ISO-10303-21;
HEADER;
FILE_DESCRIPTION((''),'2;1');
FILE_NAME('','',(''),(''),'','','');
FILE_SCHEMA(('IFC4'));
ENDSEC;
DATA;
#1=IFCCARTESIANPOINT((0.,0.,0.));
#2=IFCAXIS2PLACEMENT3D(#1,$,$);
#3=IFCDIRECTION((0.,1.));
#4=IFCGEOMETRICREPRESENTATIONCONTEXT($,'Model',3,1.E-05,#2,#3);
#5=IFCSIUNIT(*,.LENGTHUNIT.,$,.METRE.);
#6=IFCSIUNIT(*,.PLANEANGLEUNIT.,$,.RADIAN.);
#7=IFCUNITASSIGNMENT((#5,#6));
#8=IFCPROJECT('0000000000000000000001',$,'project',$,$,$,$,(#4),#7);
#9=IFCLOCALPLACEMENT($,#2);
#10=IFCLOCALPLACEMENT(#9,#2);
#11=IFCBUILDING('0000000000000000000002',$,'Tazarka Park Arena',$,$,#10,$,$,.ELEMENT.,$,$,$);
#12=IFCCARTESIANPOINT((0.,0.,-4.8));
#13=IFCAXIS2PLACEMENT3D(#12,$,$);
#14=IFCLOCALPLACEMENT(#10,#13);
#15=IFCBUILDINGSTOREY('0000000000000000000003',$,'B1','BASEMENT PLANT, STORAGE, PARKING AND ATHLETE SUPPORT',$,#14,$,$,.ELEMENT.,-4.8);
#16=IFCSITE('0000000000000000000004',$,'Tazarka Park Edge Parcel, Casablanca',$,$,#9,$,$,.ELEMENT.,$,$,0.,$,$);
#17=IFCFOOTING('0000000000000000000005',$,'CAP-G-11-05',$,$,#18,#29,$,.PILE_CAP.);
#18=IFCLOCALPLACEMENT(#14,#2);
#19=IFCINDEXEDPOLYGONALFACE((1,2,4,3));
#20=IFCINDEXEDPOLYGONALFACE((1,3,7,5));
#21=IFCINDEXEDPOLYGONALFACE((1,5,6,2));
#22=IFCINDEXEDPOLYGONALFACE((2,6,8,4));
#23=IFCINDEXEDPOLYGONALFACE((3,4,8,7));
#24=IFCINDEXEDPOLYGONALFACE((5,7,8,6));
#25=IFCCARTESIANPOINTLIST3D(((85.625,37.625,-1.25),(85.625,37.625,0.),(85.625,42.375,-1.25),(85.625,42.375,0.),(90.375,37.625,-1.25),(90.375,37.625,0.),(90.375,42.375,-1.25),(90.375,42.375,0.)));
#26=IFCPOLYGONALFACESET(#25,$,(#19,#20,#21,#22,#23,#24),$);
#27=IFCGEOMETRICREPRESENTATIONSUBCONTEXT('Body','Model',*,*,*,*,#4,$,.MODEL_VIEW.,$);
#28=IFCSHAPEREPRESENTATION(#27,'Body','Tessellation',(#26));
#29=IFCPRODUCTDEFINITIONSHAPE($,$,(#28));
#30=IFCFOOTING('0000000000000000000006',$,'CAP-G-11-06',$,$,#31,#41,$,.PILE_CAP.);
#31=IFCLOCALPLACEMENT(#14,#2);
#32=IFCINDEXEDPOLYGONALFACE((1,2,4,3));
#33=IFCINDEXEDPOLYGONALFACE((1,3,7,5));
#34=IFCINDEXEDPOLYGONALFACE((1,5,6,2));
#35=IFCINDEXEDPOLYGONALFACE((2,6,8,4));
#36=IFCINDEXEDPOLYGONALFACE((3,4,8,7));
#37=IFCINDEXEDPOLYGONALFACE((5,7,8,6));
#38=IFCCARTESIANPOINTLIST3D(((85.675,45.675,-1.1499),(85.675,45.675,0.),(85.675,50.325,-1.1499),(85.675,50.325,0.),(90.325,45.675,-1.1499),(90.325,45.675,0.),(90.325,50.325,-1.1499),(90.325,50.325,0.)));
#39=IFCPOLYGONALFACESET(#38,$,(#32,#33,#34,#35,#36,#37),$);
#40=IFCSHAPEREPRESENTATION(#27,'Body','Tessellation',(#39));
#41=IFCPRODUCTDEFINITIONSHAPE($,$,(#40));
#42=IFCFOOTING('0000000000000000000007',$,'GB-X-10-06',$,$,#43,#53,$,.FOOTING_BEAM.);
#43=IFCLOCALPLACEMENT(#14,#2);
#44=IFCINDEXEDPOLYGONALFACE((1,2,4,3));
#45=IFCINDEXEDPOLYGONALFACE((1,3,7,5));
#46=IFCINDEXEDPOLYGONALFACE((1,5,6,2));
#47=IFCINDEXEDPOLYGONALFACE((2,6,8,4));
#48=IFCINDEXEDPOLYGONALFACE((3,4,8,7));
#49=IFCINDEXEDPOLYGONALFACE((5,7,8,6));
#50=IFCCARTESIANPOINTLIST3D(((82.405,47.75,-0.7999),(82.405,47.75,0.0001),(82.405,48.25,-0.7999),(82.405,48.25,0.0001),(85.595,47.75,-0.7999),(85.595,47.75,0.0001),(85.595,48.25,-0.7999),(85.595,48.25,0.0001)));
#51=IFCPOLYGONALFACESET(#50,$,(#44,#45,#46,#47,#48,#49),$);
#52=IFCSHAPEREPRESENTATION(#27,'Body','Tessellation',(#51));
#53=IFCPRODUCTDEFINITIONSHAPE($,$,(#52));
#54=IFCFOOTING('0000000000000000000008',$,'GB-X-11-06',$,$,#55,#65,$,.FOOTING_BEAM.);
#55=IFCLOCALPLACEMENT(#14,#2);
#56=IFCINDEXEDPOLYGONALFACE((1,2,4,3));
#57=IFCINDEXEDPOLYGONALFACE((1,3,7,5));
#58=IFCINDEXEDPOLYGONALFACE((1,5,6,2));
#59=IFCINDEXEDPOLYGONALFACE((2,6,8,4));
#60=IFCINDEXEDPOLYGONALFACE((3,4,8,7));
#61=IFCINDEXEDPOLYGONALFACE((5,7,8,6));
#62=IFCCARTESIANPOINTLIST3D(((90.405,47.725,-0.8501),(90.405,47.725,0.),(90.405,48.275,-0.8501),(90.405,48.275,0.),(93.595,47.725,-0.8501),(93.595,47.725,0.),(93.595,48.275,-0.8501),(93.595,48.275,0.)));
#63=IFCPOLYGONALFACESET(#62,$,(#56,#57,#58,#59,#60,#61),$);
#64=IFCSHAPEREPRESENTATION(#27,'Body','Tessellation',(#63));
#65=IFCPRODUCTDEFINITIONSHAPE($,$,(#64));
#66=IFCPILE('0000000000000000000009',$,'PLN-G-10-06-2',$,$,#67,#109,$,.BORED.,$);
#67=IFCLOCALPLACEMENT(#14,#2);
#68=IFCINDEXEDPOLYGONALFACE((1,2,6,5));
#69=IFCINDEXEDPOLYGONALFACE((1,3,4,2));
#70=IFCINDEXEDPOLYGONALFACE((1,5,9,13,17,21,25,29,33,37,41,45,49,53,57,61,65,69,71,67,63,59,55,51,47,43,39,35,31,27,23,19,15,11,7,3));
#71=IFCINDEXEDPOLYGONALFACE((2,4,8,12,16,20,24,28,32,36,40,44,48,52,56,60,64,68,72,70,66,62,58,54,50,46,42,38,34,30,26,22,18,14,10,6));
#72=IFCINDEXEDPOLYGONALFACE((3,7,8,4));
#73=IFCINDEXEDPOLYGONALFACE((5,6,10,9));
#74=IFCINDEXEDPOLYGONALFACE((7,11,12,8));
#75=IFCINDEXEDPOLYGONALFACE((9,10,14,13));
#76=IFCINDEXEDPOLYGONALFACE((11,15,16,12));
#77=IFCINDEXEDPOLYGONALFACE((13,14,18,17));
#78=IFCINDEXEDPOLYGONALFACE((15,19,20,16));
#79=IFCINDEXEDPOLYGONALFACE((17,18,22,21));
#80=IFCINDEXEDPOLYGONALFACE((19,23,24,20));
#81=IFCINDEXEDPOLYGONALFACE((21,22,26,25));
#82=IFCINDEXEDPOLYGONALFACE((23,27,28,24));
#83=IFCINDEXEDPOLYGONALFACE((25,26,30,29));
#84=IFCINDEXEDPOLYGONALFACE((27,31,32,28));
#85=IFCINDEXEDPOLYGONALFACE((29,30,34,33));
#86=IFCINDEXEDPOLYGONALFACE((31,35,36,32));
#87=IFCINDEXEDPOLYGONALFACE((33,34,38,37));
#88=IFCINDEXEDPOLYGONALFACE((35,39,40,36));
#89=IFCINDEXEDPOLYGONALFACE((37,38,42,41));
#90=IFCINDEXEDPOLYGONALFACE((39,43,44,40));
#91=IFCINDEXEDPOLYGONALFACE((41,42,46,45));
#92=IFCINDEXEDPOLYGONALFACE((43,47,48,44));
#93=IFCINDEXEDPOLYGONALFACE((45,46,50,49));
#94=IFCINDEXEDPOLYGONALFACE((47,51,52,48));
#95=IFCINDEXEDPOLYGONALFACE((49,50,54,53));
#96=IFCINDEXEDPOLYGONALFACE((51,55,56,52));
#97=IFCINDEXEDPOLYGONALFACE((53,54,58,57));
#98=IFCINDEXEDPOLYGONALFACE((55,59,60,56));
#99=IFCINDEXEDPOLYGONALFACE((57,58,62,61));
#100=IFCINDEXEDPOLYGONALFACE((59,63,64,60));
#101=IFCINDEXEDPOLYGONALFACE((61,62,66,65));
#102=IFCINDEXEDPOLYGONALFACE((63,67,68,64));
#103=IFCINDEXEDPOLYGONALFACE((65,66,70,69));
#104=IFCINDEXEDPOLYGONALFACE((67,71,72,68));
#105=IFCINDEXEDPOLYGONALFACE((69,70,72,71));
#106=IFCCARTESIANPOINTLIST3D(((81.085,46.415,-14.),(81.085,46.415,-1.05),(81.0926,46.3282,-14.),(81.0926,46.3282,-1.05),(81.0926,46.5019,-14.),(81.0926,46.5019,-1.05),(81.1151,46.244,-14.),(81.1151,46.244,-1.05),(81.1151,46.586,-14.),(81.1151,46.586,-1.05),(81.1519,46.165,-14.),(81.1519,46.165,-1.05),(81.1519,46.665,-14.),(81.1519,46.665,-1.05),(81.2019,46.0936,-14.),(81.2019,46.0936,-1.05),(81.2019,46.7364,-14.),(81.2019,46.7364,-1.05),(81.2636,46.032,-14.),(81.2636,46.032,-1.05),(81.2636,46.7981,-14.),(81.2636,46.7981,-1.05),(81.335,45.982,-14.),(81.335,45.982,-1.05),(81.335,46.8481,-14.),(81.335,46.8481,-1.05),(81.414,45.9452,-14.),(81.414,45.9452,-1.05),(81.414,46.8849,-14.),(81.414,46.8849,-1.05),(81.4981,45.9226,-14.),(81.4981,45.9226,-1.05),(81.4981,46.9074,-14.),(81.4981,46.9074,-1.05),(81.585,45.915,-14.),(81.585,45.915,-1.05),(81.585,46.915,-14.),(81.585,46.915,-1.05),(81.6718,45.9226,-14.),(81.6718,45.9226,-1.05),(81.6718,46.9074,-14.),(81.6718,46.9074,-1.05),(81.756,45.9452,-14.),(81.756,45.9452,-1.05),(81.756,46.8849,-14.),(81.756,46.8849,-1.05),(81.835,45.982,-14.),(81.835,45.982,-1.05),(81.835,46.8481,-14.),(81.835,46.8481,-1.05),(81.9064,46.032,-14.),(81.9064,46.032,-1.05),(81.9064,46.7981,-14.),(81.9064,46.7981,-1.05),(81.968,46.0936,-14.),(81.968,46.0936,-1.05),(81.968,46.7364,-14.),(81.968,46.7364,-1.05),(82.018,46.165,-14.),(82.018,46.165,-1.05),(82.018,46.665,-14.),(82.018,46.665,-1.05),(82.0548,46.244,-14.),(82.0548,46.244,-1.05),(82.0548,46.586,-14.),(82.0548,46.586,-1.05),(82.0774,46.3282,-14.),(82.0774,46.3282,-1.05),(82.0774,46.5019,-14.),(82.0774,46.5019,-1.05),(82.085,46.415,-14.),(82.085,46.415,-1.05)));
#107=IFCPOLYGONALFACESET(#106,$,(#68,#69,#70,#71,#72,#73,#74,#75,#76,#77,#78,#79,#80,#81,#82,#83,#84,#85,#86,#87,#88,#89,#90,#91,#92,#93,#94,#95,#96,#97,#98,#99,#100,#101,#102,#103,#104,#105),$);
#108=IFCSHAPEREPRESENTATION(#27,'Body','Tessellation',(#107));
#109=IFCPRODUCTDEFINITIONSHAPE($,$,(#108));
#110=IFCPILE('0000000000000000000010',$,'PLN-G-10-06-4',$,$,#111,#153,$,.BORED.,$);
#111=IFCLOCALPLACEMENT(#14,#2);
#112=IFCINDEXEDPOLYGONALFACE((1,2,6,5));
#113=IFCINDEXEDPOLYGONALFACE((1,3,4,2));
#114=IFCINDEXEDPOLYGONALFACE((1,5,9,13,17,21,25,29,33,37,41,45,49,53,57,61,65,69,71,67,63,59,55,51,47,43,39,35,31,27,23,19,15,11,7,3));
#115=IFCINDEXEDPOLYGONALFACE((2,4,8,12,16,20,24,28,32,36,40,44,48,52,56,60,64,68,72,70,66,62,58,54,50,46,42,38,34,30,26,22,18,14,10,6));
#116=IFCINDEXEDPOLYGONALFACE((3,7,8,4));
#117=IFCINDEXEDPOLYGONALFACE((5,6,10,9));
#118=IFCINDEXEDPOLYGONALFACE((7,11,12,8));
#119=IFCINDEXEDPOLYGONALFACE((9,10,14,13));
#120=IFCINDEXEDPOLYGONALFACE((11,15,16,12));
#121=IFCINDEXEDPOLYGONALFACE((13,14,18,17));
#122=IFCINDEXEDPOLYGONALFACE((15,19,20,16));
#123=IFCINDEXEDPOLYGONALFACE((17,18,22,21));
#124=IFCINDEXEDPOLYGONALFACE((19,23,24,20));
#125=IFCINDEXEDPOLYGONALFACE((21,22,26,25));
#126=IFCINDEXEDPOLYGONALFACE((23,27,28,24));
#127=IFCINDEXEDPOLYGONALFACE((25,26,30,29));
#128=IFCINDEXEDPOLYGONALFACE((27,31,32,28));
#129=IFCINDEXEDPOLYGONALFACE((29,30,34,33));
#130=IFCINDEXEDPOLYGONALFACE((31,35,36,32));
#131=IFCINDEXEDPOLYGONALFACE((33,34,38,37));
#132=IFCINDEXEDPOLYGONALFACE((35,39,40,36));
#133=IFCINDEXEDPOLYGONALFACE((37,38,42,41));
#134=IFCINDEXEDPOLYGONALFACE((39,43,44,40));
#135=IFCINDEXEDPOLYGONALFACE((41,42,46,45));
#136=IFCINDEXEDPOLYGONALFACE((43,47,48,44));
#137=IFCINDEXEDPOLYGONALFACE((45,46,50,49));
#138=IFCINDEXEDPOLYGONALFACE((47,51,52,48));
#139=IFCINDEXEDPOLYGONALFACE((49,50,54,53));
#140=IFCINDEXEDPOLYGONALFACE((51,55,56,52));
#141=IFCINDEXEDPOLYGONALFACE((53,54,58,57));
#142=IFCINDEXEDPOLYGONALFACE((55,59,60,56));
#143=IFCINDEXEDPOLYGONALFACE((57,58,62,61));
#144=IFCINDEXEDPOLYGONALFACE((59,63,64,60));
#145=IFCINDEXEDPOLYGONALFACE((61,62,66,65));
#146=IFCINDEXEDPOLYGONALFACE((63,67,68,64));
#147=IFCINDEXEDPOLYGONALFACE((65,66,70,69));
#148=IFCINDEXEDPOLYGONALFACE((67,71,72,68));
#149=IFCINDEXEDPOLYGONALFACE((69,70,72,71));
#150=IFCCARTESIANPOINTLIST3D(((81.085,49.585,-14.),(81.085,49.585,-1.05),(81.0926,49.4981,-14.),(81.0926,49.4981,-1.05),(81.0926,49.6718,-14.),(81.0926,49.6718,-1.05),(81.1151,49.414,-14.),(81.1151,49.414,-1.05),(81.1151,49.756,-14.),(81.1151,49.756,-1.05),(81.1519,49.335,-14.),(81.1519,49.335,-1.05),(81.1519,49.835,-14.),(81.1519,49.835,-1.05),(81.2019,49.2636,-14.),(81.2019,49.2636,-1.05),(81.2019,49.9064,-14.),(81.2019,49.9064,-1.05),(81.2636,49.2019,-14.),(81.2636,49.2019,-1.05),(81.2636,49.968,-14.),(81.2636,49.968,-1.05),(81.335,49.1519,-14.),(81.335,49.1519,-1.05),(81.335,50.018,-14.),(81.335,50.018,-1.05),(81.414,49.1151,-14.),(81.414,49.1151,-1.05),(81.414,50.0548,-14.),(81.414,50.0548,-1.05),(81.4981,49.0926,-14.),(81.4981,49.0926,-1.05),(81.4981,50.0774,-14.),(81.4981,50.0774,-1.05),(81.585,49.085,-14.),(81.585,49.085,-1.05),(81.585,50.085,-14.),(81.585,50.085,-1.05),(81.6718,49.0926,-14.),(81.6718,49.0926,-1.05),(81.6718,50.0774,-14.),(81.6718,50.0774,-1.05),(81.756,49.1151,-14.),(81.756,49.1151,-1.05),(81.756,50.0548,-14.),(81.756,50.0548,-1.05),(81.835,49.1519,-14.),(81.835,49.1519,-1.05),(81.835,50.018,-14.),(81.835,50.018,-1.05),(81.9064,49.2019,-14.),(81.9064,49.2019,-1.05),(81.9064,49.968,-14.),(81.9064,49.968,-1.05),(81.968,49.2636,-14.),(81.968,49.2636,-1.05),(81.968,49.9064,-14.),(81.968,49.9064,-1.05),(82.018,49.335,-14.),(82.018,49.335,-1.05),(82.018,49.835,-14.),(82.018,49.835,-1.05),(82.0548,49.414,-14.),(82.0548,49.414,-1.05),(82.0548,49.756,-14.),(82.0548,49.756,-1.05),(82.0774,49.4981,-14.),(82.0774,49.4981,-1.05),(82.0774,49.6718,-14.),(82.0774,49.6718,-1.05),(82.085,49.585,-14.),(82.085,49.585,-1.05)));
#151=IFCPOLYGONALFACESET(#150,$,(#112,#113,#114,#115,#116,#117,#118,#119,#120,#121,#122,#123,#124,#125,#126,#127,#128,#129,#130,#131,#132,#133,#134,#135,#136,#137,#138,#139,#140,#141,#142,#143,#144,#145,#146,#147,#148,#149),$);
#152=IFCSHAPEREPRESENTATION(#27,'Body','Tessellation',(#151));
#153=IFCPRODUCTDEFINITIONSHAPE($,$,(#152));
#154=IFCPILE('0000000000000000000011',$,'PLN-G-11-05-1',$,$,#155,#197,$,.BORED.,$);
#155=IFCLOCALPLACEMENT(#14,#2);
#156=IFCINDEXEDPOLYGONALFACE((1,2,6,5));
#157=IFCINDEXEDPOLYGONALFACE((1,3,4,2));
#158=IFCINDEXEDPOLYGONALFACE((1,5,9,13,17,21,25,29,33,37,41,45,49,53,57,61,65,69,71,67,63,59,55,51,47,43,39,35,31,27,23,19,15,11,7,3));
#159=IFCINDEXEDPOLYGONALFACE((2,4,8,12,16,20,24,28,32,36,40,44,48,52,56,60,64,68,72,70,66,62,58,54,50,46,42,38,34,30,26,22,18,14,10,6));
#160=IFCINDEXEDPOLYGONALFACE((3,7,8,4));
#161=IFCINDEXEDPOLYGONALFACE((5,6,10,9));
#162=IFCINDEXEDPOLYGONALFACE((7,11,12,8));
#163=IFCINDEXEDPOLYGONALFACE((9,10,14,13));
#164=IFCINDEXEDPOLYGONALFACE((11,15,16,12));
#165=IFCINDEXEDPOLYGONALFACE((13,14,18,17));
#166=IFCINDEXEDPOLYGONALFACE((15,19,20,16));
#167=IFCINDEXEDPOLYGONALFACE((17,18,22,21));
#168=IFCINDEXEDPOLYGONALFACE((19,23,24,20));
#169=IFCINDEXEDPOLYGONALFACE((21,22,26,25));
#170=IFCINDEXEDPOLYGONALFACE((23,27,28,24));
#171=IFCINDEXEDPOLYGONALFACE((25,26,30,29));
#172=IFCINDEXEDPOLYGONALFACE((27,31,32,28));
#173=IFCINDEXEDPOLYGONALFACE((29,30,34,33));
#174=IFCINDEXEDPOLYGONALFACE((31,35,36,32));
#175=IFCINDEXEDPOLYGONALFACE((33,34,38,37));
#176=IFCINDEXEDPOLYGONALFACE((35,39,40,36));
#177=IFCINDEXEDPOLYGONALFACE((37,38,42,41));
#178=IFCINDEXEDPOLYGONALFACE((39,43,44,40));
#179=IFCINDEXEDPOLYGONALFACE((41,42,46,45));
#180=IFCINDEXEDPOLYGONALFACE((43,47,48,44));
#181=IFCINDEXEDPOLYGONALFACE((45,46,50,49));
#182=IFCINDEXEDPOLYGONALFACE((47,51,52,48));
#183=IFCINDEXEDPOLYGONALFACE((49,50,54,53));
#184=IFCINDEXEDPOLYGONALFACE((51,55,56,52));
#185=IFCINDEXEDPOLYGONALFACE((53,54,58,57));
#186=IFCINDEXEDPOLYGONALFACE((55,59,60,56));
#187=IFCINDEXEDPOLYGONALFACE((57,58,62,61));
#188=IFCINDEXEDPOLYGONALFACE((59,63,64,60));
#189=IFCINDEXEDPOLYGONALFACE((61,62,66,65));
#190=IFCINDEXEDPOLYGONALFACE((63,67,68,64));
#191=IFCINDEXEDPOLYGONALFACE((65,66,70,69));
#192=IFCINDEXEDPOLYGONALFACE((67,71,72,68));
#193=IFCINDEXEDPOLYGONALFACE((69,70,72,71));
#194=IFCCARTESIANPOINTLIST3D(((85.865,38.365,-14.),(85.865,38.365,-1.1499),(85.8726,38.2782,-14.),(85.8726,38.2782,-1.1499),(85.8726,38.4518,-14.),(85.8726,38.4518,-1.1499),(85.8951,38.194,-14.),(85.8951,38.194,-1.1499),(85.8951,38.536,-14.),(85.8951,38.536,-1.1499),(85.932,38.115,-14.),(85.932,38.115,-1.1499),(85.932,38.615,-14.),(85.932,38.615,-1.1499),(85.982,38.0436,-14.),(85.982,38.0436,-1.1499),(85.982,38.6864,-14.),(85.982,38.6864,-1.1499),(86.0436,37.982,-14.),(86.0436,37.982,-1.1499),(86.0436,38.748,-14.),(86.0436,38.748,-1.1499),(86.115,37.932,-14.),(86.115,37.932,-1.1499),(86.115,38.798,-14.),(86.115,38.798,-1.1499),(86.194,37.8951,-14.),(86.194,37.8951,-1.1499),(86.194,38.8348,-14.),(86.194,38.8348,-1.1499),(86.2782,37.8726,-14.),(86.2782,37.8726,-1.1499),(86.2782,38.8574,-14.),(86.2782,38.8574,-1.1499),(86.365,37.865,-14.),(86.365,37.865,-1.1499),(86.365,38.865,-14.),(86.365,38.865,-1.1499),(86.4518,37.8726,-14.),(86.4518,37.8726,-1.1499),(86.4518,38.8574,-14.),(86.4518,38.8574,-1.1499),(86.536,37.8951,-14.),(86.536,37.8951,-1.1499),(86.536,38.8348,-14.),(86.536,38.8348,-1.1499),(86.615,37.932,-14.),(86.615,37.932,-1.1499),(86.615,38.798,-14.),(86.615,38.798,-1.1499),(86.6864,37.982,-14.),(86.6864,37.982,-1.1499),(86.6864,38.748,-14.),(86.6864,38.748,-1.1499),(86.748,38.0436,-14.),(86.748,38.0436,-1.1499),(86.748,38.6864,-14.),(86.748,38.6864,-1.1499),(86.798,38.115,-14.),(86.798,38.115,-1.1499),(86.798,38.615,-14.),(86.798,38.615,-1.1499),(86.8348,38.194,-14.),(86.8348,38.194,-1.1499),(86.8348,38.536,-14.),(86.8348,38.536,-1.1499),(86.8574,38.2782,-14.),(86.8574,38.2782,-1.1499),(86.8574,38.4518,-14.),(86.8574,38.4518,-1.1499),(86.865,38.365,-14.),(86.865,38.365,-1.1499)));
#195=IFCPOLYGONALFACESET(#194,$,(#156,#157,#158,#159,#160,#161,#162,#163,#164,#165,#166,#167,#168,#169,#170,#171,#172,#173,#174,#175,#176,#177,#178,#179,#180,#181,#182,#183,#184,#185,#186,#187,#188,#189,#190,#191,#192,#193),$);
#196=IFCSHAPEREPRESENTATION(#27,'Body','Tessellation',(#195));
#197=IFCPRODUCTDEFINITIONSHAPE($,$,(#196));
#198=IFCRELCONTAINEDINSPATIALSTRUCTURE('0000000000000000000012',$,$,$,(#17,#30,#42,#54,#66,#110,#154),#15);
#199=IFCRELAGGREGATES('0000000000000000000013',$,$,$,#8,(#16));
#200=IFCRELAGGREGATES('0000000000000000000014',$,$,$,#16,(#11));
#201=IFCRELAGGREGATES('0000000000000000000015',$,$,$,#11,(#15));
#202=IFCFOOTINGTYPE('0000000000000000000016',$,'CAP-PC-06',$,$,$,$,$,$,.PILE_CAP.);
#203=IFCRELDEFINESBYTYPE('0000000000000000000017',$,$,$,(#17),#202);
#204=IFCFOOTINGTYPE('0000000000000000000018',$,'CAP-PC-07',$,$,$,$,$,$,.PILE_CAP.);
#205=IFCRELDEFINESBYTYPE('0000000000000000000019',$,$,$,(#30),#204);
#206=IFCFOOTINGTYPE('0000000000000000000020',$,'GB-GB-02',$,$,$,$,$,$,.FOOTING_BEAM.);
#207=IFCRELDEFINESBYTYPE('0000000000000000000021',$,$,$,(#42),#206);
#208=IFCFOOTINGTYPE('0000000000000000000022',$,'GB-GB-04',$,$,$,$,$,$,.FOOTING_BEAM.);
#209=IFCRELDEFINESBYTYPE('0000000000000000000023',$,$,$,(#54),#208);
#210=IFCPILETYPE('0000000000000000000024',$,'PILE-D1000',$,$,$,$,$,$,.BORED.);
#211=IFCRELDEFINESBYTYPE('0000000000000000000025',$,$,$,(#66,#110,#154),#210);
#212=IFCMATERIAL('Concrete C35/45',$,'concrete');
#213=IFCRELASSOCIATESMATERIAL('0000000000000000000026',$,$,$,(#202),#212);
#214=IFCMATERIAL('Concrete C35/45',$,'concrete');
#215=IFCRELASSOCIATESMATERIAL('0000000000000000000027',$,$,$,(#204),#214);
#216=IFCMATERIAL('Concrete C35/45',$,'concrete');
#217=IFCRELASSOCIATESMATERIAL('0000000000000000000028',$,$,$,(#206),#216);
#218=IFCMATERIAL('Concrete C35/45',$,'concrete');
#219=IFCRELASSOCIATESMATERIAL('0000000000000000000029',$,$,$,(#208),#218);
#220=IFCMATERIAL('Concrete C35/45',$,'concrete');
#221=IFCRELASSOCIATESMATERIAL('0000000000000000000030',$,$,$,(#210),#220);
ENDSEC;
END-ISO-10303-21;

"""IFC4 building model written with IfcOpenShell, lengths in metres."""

from ifc_helpers import new_model, si_unit, direction, frame, origin, origin_2d, place, context, subcontext, project, spatial, rectangle, circle, extrude, material, material_profile, profile_set, type_object, element, save


model = new_model("IFC4")

# Units and contexts
model_context = context("Model", 3, precision=1e-05, world=origin(), true_north=direction((0.0, 1.0)))
body_context = subcontext(model_context, "Body", "Model", "MODEL_VIEW")
ifc_project = project(units=[si_unit("LENGTHUNIT", "METRE"), si_unit("PLANEANGLEUNIT", "RADIAN")], contexts=[model_context])

# Site, building, storey
site_placement = place(None, origin())
site = spatial("IfcSite", under=ifc_project, at=site_placement, Name="Tazarka Park Edge Parcel, Casablanca", CompositionType="ELEMENT", RefElevation=0.0)
building_placement = place(site_placement, origin())
building = spatial("IfcBuilding", under=site, at=building_placement, Name="Tazarka Park Arena", CompositionType="ELEMENT")
storey_placement = place(building_placement, frame((0.0, 0.0, -4.8)))
storey = spatial("IfcBuildingStorey", under=building, at=storey_placement, Name="B1", Description="BASEMENT PLANT, STORAGE, PARKING AND ATHLETE SUPPORT", CompositionType="ELEMENT", Elevation=-4.8)

# Footings
ifc_material_1 = material(Name="Concrete C35/45", Category="concrete")
footing_type_1 = type_object("IfcFootingType", Name="CAP-PC-06", PredefinedType="PILE_CAP", material=ifc_material_1)
footing_1_placement = place(storey_placement, frame((88.0, 40.0, -1.25), z_axis=(0.0, 0.0, 1.0), x_axis=(1.0, 0.0, 0.0)))
element("IfcFooting", 1, at=footing_1_placement, inside=storey, type_object=footing_type_1, Name="CAP-G-11-05", PredefinedType="PILE_CAP", context=body_context, shape_type="SweptSolid", body=[
    extrude(rectangle(XDim=4.75, YDim=4.75, at=origin_2d()), origin(), (0.0, 0.0, 1.0), 1.25),
])
ifc_material_2 = material(Name="Concrete C35/45", Category="concrete")
footing_type_2 = type_object("IfcFootingType", Name="CAP-PC-07", PredefinedType="PILE_CAP", material=ifc_material_2)
footing_2_placement = place(storey_placement, frame((88.0, 48.0, -1.1499), z_axis=(0.0, 0.0, 1.0), x_axis=(1.0, 0.0, 0.0)))
element("IfcFooting", 2, at=footing_2_placement, inside=storey, type_object=footing_type_2, Name="CAP-G-11-06", PredefinedType="PILE_CAP", context=body_context, shape_type="SweptSolid", body=[
    extrude(rectangle(XDim=4.6499, YDim=4.6499, at=origin_2d()), origin(), (0.0, 0.0, 1.0), 1.1499),
])
ifc_material_3 = material(Name="Concrete C35/45", Category="concrete")
ifc_material_profile_1 = material_profile(ifc_material_3, rectangle(XDim=0.5, YDim=0.8, at=origin_2d()), Name="Concrete C35/45")
ifc_profile_set_1 = profile_set([ifc_material_profile_1], Name="Concrete C35/45")
footing_type_3 = type_object("IfcFootingType", Name="GB-GB-02", PredefinedType="FOOTING_BEAM", material=ifc_profile_set_1)
footing_3_placement = place(storey_placement, frame((82.405, 48.0, -0.3999), z_axis=(1.0, 0.0, 0.0), x_axis=(0.0, 1.0, 0.0)))
element("IfcFooting", 3, at=footing_3_placement, inside=storey, type_object=footing_type_3, Name="GB-X-10-06", PredefinedType="FOOTING_BEAM", context=body_context, shape_type="SweptSolid", body=[
    extrude(rectangle(XDim=0.5, YDim=0.8, at=origin_2d()), origin(), (0.0, 0.0, 1.0), 3.1899),
])
ifc_material_4 = material(Name="Concrete C35/45", Category="concrete")
ifc_material_profile_2 = material_profile(ifc_material_4, rectangle(XDim=0.55, YDim=0.8501, at=origin_2d()), Name="Concrete C35/45")
ifc_profile_set_2 = profile_set([ifc_material_profile_2], Name="Concrete C35/45")
footing_type_4 = type_object("IfcFootingType", Name="GB-GB-04", PredefinedType="FOOTING_BEAM", material=ifc_profile_set_2)
footing_4_placement = place(storey_placement, frame((90.405, 48.0, -0.425), z_axis=(1.0, 0.0, 0.0), x_axis=(0.0, 1.0, 0.0)))
element("IfcFooting", 4, at=footing_4_placement, inside=storey, type_object=footing_type_4, Name="GB-X-11-06", PredefinedType="FOOTING_BEAM", context=body_context, shape_type="SweptSolid", body=[
    extrude(rectangle(XDim=0.55, YDim=0.8501, at=origin_2d()), origin(), (0.0, 0.0, 1.0), 3.1899),
])

# Piles
ifc_material_5 = material(Name="Concrete C35/45", Category="concrete")
ifc_material_profile_3 = material_profile(ifc_material_5, circle(Radius=0.5, at=origin_2d()), Name="Concrete C35/45")
ifc_profile_set_3 = profile_set([ifc_material_profile_3], Name="Concrete C35/45")
pile_type_1 = type_object("IfcPileType", Name="PILE-D1000", PredefinedType="BORED", material=ifc_profile_set_3)
for number, where, z_axis, x_axis, name in (
    (5, (81.585, 46.415, -1.05), (0.0, 0.0, -1.0), (1.0, 0.0, 0.0), "PLN-G-10-06-2"),
    (6, (81.585, 49.585, -1.05), (0.0, 0.0, -1.0), (1.0, 0.0, 0.0), "PLN-G-10-06-4"),
):
    element("IfcPile", number, at=place(storey_placement, frame(where, z_axis=z_axis, x_axis=x_axis)), inside=storey, type_object=pile_type_1, Name=name, PredefinedType="BORED", context=body_context, shape_type="SweptSolid", body=[
        extrude(circle(Radius=0.5, at=origin_2d()), origin(), (0.0, 0.0, 1.0), 12.95),
    ])
for number, where, z_axis, x_axis, name in (
    (7, (86.365, 38.365, -1.1499), (0.0, 0.0, -1.0), (1.0, 0.0, 0.0), "PLN-G-11-05-1"),
):
    element("IfcPile", number, at=place(storey_placement, frame(where, z_axis=z_axis, x_axis=x_axis)), inside=storey, type_object=pile_type_1, Name=name, PredefinedType="BORED", context=body_context, shape_type="SweptSolid", body=[
        extrude(circle(Radius=0.5, at=origin_2d()), origin(), (0.0, 0.0, 1.0), 12.8501),
    ])

save(model, "model.ifc")
